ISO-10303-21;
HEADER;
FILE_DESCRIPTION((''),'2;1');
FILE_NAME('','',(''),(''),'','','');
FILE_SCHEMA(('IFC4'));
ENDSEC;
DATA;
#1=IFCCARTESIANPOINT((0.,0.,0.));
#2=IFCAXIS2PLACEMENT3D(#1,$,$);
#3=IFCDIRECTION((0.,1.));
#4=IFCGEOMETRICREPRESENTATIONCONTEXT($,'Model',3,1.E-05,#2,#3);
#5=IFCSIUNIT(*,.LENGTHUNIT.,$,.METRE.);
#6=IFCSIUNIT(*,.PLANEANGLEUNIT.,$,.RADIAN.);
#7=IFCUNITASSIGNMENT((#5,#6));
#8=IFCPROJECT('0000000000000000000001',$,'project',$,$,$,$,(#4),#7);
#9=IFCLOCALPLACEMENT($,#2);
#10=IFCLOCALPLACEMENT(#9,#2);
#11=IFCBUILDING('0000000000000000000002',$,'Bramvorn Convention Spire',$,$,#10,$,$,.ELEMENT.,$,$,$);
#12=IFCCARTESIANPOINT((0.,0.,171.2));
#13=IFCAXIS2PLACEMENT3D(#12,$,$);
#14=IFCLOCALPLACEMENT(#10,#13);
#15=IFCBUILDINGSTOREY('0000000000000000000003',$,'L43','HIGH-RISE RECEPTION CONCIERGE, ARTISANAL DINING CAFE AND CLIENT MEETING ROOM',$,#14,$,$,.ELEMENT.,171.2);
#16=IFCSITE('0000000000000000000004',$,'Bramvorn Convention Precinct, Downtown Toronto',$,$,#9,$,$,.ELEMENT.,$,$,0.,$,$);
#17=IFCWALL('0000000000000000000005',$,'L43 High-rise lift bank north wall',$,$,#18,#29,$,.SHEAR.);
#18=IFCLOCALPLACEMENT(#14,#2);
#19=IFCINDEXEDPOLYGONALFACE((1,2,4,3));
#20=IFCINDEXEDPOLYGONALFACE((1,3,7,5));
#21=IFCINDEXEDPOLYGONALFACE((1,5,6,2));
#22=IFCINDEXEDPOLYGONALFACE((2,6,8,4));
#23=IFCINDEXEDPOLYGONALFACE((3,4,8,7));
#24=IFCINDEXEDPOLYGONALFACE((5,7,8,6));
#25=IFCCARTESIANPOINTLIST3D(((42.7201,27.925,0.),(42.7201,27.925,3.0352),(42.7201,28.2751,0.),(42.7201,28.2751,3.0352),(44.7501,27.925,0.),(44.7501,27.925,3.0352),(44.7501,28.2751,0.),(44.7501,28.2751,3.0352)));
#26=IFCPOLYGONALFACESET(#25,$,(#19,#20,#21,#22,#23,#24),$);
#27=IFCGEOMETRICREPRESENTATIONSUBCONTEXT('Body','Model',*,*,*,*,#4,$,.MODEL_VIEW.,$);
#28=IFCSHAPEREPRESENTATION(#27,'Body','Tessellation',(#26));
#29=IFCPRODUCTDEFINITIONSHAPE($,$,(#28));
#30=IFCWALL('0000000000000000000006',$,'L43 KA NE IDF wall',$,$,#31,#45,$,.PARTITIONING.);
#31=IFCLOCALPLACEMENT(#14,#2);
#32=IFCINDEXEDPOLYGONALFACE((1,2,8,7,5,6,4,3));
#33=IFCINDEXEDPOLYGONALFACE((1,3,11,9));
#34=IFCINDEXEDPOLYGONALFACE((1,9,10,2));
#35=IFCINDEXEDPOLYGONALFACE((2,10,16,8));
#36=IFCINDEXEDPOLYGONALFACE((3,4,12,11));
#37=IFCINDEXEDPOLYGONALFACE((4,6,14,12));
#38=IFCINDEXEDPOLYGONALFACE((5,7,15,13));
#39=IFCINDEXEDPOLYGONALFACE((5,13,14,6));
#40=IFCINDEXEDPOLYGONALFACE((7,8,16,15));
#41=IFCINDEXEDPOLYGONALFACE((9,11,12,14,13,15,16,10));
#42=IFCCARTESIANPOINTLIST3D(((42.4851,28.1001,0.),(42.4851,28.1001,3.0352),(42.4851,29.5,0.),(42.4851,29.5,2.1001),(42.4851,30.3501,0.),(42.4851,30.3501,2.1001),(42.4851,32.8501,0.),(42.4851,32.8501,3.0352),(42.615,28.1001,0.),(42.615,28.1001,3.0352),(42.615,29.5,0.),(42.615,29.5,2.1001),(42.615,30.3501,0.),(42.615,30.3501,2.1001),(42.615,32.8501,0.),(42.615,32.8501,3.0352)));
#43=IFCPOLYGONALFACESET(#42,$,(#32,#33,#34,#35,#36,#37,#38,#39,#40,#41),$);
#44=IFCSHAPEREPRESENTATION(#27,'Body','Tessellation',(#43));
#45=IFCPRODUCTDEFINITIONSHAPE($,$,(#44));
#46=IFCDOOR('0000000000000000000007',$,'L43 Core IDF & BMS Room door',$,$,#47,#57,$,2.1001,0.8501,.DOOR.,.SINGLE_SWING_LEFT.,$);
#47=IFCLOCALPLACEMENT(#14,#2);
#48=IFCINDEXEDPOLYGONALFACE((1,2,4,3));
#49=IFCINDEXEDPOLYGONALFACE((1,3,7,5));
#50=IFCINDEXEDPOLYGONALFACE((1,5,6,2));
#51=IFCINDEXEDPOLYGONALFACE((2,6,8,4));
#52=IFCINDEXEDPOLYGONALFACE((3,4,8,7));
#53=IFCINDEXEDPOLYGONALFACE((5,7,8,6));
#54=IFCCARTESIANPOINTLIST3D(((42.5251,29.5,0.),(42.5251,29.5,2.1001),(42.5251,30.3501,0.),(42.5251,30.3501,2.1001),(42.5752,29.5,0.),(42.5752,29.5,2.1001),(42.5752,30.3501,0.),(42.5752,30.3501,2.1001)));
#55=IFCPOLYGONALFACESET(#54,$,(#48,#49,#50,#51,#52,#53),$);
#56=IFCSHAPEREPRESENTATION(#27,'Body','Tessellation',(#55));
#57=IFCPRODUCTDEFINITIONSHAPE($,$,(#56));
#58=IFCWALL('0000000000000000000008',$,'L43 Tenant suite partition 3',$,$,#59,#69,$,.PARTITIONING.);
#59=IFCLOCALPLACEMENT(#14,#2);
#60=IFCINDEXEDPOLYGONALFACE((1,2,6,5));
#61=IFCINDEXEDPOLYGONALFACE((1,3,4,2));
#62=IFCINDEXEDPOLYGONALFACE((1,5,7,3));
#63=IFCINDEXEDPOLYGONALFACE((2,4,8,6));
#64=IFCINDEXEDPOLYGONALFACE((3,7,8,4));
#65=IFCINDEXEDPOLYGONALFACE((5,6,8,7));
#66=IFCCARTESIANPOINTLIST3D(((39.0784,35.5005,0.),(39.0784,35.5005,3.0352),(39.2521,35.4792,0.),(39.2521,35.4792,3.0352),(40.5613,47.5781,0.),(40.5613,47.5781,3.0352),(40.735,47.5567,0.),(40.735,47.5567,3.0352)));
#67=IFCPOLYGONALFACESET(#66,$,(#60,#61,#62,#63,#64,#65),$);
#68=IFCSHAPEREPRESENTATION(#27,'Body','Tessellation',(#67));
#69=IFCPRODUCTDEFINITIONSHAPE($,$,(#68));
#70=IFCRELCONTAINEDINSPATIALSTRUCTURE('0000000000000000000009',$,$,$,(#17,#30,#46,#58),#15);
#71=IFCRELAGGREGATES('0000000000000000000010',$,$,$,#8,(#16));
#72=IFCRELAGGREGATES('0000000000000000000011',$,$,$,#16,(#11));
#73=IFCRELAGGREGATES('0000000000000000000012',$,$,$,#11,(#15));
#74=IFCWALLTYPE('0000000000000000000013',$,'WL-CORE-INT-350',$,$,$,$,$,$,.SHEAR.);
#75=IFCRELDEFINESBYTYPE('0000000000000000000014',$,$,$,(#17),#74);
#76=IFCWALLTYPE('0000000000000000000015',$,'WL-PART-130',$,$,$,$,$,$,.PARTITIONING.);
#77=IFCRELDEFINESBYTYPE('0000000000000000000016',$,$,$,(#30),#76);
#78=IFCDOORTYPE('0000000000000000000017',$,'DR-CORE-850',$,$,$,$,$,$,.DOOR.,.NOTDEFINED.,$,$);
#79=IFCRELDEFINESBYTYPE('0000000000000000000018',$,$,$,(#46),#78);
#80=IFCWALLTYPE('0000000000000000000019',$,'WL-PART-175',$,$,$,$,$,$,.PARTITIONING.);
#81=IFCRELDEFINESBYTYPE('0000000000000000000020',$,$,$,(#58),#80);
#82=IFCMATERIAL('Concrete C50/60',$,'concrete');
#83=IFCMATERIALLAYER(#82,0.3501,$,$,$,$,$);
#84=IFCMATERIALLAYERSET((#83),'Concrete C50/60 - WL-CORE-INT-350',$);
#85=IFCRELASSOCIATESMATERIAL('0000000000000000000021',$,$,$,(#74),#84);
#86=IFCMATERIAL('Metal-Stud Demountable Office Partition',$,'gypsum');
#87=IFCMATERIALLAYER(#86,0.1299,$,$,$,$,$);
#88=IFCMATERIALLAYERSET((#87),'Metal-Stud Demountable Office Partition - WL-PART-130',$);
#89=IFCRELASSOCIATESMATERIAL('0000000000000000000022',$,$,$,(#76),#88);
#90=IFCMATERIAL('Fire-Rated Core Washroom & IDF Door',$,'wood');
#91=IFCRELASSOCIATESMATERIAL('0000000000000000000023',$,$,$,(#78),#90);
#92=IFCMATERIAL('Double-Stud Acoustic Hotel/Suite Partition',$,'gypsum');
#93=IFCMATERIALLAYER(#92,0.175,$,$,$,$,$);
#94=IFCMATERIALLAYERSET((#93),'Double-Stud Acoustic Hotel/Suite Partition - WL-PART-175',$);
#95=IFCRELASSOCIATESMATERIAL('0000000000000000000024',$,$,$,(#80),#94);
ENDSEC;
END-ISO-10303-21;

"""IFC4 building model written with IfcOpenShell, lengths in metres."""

from ifc_helpers import new_model, si_unit, direction, frame, frame_2d, origin, place, context, subcontext, project, spatial, rectangle, extrude, material, layer, layer_set, type_object, element, fill, save


model = new_model("IFC4")

# Units and contexts
model_context = context("Model", 3, precision=1e-05, world=origin(), true_north=direction((0.0, 1.0)))
body_context = subcontext(model_context, "Body", "Model", "MODEL_VIEW")
ifc_project = project(units=[si_unit("LENGTHUNIT", "METRE"), si_unit("PLANEANGLEUNIT", "RADIAN")], contexts=[model_context])

# Site, building, storey
site_placement = place(None, origin())
site = spatial("IfcSite", under=ifc_project, at=site_placement, Name="Bramvorn Convention Precinct, Downtown Toronto", CompositionType="ELEMENT", RefElevation=0.0)
building_placement = place(site_placement, origin())
building = spatial("IfcBuilding", under=site, at=building_placement, Name="Bramvorn Convention Spire", CompositionType="ELEMENT")
storey_placement = place(building_placement, frame((0.0, 0.0, 171.2)))
storey = spatial("IfcBuildingStorey", under=building, at=storey_placement, Name="L43", Description="HIGH-RISE RECEPTION CONCIERGE, ARTISANAL DINING CAFE AND CLIENT MEETING ROOM", CompositionType="ELEMENT", Elevation=171.2)

# Shared definitions
ifc_material_1 = material(Name="Concrete C50/60", Category="concrete")
ifc_layer_1 = layer(ifc_material_1, 0.3501)
ifc_layer_set_1 = layer_set([ifc_layer_1], Name="Concrete C50/60 - WL-CORE-INT-350")
wall_type_1 = type_object("IfcWallType", Name="WL-CORE-INT-350", PredefinedType="SHEAR", material=ifc_layer_set_1)

# Wall
wall_1_placement = place(storey_placement, frame((42.72, 28.1001, 0.0), z_axis=(0.0, 0.0, 1.0), x_axis=(1.0, 0.0, 0.0)))
element("IfcWall", 1, at=wall_1_placement, inside=storey, type_object=wall_type_1, Name="L43 High-rise lift bank north wall", PredefinedType="SHEAR", context=body_context, shape_type="SweptSolid", body=[
    extrude(rectangle(XDim=2.03, YDim=0.3501, at=frame_2d((1.0151, 0.0))), origin(), (0.0, 0.0, 1.0), 3.0352),
])

# Wall, opening, door
ifc_material_2 = material(Name="Metal-Stud Demountable Office Partition", Category="gypsum")
ifc_layer_2 = layer(ifc_material_2, 0.1299)
ifc_layer_set_2 = layer_set([ifc_layer_2], Name="Metal-Stud Demountable Office Partition - WL-PART-130")
wall_type_2 = type_object("IfcWallType", Name="WL-PART-130", PredefinedType="PARTITIONING", material=ifc_layer_set_2)
wall_2_placement = place(storey_placement, frame((42.55, 28.1001, 0.0), z_axis=(0.0, 0.0, 1.0), x_axis=(0.0, 1.0, 0.0)))
wall_2 = element("IfcWall", 2, at=wall_2_placement, inside=storey, type_object=wall_type_2, Name="L43 KA NE IDF wall", PredefinedType="PARTITIONING", context=body_context, shape_type="SweptSolid", body=[
    extrude(rectangle(XDim=4.75, YDim=0.1299, at=frame_2d((2.375, 0.0))), origin(), (0.0, 0.0, 1.0), 3.0352),
])
opening_1_placement = place(wall_2_placement, frame((1.3999, 0.0, 0.0)))
opening_1 = element("IfcOpeningElement", 3, at=opening_1_placement, cuts=wall_2, PredefinedType="OPENING", context=body_context, shape_type="SweptSolid", body=[
    extrude(rectangle(XDim=0.8501, YDim=2.1001, at=frame_2d((0.425, 1.05))), frame((0.0, 0.075, 0.0), z_axis=(0.0, -1.0, 0.0), x_axis=(1.0, 0.0, 0.0)), (0.0, 0.0, 1.0), 0.1499),
])
ifc_material_3 = material(Name="Fire-Rated Core Washroom & IDF Door", Category="wood")
door_type_1 = type_object("IfcDoorType", Name="DR-CORE-850", OperationType="NOTDEFINED", PredefinedType="DOOR", material=ifc_material_3)
door_1_placement = place(opening_1_placement, origin())
door_1 = element("IfcDoor", 4, at=door_1_placement, inside=storey, type_object=door_type_1, Name="L43 Core IDF & BMS Room door", OperationType="SINGLE_SWING_LEFT", OverallHeight=2.1001, OverallWidth=0.8501, PredefinedType="DOOR", context=body_context, shape_type="SweptSolid", body=[
    extrude(rectangle(XDim=0.8501, YDim=2.1001, at=frame_2d((0.425, 1.05))), frame((0.0, 0.0249, 0.0), z_axis=(0.0, -1.0, 0.0), x_axis=(1.0, 0.0, 0.0)), (0.0, 0.0, 1.0), 0.05),
])
fill(opening_1, door_1)

# Wall
ifc_material_4 = material(Name="Double-Stud Acoustic Hotel/Suite Partition", Category="gypsum")
ifc_layer_3 = layer(ifc_material_4, 0.175)
ifc_layer_set_3 = layer_set([ifc_layer_3], Name="Double-Stud Acoustic Hotel/Suite Partition - WL-PART-175")
wall_type_3 = type_object("IfcWallType", Name="WL-PART-175", PredefinedType="PARTITIONING", material=ifc_layer_set_3)
wall_3_placement = place(storey_placement, frame((39.1653, 35.49, 0.0), z_axis=(0.0, 0.0, 1.0), x_axis=(0.121866, 0.992547, 0.0)))
element("IfcWall", 5, at=wall_3_placement, inside=storey, type_object=wall_type_3, Name="L43 Tenant suite partition 3", PredefinedType="PARTITIONING", context=body_context, shape_type="SweptSolid", body=[
    extrude(rectangle(XDim=12.1682, YDim=0.175, at=frame_2d((6.084, 0.0))), origin(), (0.0, 0.0, 1.0), 3.0352),
])

save(model, "model.ifc")
